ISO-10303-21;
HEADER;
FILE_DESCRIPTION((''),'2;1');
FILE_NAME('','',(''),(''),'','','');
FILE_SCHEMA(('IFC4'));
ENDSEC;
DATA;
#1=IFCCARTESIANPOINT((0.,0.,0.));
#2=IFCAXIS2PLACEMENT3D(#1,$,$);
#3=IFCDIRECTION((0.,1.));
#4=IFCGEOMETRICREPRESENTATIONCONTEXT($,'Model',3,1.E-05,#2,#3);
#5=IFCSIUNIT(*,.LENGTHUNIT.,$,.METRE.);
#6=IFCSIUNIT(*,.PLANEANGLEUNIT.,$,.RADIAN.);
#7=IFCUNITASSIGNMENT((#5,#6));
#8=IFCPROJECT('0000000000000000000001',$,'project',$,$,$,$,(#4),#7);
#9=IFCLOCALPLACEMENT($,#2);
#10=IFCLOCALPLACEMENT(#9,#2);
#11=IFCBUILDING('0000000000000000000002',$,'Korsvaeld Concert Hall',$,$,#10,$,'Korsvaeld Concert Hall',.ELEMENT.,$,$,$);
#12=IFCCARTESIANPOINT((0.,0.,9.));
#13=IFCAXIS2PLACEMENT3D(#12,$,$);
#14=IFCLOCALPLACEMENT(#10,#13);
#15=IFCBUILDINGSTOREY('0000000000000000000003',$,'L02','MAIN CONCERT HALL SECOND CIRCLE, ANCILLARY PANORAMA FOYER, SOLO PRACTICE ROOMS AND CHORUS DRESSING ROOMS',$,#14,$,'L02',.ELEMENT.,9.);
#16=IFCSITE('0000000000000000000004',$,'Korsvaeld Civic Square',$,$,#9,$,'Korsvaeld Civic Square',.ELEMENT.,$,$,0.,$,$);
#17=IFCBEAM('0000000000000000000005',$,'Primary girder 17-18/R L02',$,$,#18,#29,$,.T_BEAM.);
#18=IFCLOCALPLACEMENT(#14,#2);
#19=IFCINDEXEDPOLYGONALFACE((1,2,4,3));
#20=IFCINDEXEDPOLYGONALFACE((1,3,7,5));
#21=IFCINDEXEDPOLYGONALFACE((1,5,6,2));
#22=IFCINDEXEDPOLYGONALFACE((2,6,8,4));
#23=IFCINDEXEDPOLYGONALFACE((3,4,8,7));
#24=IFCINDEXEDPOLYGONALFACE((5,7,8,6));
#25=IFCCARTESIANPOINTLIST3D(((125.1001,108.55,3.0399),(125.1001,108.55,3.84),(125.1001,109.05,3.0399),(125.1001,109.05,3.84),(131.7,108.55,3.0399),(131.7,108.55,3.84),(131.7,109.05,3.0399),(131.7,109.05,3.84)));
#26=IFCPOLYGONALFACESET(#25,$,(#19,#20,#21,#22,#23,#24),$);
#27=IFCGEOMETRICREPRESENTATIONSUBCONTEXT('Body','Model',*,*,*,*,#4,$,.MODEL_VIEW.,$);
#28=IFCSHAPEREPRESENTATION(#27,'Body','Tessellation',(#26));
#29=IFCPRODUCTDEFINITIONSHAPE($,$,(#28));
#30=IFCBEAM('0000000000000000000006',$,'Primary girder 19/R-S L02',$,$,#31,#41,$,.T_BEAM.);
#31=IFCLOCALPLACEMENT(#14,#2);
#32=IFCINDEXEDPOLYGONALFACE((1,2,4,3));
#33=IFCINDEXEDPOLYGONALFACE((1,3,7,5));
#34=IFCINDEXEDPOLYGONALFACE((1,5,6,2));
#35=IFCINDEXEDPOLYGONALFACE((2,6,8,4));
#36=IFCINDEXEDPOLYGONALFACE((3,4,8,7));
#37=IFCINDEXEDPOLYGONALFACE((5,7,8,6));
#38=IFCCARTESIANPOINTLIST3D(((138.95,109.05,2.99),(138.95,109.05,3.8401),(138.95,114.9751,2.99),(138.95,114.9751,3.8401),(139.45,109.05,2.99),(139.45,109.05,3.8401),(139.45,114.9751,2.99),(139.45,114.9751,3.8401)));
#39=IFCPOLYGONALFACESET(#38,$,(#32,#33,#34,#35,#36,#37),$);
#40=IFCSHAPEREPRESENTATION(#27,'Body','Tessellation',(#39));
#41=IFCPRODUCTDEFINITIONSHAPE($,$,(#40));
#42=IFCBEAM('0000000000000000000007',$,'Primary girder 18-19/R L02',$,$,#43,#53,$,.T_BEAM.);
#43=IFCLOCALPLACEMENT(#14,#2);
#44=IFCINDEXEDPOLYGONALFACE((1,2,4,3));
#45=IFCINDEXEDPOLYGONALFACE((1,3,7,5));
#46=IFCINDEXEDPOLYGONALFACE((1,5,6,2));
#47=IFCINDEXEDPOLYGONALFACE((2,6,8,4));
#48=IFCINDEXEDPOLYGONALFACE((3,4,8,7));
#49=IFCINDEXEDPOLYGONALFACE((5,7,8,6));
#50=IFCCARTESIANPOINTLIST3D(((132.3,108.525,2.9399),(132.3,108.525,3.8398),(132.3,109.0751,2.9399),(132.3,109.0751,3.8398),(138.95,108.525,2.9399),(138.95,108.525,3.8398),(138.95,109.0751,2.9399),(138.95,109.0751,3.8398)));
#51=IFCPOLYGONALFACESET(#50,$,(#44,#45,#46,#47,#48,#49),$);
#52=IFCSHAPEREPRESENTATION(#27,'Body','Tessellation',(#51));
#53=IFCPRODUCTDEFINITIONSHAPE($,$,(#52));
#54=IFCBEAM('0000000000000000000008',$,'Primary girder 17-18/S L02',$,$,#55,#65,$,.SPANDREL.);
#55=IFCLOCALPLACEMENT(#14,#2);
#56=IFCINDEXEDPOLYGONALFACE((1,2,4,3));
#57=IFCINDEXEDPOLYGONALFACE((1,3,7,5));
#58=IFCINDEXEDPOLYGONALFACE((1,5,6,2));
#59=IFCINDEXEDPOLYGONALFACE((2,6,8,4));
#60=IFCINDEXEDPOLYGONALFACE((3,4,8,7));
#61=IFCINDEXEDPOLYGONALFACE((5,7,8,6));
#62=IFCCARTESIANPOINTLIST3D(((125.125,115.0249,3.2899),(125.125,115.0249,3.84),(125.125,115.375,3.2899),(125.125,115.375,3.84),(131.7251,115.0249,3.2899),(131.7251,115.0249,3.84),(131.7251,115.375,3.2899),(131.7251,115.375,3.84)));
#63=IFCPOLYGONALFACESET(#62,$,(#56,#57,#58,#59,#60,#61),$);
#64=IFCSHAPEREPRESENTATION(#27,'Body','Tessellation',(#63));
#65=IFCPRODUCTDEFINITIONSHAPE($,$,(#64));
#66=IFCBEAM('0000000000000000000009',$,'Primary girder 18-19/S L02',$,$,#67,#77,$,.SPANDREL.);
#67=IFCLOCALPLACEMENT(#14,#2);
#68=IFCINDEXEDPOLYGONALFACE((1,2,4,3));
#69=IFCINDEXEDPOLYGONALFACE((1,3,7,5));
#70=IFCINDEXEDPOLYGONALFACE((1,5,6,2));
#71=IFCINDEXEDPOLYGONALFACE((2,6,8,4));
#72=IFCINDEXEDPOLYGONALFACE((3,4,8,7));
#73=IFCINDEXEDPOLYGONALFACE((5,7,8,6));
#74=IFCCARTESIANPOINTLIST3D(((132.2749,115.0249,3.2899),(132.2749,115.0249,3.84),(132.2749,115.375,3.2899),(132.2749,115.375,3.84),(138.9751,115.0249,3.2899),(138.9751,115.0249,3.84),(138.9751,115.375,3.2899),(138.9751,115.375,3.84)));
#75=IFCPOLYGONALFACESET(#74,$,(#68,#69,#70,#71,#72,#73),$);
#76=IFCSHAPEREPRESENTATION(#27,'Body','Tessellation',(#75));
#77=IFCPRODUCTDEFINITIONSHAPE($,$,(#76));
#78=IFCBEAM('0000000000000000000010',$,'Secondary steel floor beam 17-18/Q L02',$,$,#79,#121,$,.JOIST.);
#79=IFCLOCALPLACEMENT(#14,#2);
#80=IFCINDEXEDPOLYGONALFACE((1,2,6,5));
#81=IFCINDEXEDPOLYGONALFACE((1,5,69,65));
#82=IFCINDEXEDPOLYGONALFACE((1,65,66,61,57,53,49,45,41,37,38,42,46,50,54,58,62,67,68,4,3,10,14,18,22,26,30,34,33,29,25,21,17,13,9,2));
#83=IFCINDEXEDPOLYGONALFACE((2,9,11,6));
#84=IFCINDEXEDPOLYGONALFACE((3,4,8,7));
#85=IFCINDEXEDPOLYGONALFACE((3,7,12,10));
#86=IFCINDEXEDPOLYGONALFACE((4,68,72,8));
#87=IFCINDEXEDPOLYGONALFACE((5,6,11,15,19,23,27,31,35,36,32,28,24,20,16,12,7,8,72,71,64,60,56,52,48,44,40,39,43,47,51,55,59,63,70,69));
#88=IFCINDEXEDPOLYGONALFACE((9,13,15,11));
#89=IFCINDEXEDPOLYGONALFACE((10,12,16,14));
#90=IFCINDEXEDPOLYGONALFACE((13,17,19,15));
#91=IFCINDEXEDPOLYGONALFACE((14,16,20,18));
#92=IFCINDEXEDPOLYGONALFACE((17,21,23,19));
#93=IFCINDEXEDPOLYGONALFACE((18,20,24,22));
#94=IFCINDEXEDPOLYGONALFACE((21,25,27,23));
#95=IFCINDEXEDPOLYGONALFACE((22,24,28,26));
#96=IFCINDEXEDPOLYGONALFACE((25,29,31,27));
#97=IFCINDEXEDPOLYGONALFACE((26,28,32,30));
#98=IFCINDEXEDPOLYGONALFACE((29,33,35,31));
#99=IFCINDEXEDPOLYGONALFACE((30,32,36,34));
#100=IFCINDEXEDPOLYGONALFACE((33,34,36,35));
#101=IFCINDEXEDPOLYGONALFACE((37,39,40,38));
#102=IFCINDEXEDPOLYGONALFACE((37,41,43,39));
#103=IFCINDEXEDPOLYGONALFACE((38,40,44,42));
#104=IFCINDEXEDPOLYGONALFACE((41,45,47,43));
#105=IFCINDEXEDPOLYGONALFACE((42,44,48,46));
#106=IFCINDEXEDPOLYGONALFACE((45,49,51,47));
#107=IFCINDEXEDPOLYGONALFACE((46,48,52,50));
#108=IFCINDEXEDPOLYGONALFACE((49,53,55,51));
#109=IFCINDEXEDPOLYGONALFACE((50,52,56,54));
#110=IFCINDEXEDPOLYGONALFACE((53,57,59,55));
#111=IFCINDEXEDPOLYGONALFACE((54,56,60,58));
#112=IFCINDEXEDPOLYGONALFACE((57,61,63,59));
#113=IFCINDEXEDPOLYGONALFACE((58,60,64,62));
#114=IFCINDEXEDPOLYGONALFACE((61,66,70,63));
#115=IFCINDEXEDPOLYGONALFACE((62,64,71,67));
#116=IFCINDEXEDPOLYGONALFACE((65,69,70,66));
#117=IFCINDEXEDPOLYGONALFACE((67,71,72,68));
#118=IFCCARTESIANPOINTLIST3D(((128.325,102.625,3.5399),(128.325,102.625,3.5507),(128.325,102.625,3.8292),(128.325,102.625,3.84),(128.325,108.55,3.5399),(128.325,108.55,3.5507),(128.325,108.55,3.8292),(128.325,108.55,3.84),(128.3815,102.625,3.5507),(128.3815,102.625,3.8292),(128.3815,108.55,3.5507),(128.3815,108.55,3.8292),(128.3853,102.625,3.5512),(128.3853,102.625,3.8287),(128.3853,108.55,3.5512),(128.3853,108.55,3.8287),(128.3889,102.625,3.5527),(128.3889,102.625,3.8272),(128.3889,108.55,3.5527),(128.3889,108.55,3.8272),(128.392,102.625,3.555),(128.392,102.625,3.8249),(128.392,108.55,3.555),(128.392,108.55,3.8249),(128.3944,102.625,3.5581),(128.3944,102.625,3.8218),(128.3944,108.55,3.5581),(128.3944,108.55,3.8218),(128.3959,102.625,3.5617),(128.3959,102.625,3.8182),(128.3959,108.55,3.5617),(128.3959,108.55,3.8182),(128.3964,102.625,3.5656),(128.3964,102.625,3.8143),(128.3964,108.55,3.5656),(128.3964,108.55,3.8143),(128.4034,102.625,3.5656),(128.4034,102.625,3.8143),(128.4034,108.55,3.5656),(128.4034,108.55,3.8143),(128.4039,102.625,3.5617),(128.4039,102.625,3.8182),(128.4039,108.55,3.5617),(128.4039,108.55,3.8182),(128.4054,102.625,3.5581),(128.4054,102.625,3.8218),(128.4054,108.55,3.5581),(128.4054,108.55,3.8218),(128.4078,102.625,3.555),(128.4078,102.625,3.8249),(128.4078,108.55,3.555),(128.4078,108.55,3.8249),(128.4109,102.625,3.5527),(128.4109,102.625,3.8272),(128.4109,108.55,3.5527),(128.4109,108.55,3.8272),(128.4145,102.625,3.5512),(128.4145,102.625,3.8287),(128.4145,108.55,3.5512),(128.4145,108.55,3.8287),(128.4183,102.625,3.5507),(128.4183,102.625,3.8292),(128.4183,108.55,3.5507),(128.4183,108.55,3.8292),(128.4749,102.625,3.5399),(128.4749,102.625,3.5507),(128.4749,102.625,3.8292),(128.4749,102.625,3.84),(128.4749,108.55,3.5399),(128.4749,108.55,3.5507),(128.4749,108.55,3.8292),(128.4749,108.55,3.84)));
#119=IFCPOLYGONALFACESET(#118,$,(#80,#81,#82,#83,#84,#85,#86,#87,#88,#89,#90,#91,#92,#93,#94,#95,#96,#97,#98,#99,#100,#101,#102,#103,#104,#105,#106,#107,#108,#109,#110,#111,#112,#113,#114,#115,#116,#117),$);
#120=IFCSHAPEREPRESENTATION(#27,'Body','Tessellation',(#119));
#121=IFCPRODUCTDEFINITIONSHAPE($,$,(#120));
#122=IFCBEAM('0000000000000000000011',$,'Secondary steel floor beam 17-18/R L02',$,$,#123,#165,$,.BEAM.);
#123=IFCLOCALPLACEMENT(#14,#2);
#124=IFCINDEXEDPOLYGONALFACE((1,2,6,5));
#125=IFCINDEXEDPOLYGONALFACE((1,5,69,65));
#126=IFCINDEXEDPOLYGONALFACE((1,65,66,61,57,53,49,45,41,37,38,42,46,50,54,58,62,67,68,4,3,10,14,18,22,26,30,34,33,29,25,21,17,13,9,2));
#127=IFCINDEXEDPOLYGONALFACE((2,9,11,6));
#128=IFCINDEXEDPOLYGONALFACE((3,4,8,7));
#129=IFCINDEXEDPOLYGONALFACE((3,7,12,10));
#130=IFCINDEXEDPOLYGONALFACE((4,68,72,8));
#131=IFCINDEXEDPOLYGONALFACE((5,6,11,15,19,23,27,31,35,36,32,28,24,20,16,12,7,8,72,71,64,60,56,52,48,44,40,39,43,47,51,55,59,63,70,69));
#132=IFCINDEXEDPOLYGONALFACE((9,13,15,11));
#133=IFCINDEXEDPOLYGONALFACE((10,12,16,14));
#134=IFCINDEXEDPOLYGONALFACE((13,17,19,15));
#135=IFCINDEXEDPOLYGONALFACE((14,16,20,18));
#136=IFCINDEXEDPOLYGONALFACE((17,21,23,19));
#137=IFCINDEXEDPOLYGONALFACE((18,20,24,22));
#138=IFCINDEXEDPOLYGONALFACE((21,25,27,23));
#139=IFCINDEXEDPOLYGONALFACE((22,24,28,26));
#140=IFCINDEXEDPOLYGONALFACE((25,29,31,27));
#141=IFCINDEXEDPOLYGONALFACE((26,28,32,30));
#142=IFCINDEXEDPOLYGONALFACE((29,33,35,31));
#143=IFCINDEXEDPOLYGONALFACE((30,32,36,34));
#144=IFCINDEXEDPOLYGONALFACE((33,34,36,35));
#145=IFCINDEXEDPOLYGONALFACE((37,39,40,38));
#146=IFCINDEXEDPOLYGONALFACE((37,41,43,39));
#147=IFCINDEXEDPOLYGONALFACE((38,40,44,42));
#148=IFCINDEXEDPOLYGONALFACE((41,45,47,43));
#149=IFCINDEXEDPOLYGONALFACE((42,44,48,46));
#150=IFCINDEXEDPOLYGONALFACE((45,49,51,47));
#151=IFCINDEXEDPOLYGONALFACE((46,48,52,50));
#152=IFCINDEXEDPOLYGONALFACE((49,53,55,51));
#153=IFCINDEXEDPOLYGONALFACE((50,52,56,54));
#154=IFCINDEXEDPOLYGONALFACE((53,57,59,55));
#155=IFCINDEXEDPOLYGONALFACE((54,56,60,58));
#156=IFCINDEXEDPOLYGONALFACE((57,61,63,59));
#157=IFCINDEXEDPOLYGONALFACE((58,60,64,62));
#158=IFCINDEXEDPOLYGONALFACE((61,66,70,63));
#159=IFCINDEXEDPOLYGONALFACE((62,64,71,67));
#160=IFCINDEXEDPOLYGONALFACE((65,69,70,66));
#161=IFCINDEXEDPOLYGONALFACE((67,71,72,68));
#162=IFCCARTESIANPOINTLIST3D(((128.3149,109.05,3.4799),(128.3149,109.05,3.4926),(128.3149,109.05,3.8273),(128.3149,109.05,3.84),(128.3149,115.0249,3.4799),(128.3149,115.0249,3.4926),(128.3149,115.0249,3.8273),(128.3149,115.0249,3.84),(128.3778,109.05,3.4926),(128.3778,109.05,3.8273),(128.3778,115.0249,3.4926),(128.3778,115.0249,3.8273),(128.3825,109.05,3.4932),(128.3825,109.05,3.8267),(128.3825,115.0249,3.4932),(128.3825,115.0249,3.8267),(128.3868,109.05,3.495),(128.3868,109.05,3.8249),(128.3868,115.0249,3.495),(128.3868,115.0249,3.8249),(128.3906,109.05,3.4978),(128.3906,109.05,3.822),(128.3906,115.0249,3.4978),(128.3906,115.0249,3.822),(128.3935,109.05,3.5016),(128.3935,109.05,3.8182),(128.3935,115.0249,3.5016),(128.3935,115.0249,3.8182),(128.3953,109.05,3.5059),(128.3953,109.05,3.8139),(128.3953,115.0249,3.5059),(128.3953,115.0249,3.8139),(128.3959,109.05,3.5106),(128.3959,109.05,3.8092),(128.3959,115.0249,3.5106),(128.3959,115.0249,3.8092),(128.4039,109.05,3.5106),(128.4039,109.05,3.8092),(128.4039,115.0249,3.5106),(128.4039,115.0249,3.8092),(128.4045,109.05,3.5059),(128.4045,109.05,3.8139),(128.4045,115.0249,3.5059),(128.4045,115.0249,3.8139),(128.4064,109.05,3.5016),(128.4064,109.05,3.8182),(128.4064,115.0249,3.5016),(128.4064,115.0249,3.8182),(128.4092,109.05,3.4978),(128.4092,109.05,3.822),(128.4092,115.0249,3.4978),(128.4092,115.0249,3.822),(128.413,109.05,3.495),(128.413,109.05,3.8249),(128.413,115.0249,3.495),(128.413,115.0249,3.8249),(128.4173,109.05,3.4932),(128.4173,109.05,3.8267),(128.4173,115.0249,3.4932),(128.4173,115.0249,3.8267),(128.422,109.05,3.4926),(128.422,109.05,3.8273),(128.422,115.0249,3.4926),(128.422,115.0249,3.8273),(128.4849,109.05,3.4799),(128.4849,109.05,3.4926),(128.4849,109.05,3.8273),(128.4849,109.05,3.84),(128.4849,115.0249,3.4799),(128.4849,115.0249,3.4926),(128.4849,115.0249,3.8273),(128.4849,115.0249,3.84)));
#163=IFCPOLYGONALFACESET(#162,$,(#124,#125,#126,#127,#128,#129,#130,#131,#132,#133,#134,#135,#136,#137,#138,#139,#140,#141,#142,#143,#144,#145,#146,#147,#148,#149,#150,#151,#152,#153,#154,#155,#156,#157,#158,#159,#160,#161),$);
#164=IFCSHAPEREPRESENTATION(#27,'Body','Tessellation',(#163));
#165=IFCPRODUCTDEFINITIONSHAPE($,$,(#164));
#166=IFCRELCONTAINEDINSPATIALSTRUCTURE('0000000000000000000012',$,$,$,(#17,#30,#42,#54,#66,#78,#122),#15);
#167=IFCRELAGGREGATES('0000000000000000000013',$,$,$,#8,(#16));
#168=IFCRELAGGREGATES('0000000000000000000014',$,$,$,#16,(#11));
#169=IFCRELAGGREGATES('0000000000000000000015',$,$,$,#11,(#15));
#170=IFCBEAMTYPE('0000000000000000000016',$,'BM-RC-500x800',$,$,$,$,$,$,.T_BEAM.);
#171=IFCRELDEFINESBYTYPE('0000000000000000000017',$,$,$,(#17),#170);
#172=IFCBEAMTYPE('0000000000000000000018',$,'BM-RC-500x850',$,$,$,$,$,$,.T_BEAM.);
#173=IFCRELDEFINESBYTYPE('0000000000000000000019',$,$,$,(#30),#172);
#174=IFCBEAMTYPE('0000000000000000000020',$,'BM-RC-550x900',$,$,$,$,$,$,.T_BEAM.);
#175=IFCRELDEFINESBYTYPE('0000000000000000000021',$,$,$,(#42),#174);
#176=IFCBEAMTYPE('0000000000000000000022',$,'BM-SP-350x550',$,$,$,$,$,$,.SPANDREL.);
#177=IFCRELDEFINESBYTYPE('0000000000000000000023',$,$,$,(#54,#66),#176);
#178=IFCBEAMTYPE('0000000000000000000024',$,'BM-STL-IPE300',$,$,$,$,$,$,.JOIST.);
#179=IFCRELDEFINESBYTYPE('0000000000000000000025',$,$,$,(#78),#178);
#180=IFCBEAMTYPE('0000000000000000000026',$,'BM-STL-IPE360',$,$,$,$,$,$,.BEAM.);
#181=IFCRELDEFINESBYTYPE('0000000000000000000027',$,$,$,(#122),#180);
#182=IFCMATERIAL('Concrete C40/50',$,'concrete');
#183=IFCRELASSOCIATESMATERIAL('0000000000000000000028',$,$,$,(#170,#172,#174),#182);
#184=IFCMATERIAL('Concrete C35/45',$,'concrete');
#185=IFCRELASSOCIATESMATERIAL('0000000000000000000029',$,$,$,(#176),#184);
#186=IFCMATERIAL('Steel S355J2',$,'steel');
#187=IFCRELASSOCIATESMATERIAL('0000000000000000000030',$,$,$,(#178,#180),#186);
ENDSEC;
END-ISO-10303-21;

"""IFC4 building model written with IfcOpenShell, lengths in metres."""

from ifc_helpers import new_model, si_unit, direction, frame, origin, origin_2d, place, context, subcontext, project, spatial, rectangle, i_section, extrude, material, material_profile, profile_set, type_object, element, save


model = new_model("IFC4")

# Units and contexts
model_context = context("Model", 3, precision=1e-05, world=origin(), true_north=direction((0.0, 1.0)))
body_context = subcontext(model_context, "Body", "Model", "MODEL_VIEW")
ifc_project = project(units=[si_unit("LENGTHUNIT", "METRE"), si_unit("PLANEANGLEUNIT", "RADIAN")], contexts=[model_context])

# Site, building, storey
site_placement = place(None, origin())
site = spatial("IfcSite", under=ifc_project, at=site_placement, Name="Korsvaeld Civic Square", LongName="Korsvaeld Civic Square", CompositionType="ELEMENT", RefElevation=0.0)
building_placement = place(site_placement, origin())
building = spatial("IfcBuilding", under=site, at=building_placement, Name="Korsvaeld Concert Hall", LongName="Korsvaeld Concert Hall", CompositionType="ELEMENT")
storey_placement = place(building_placement, frame((0.0, 0.0, 9.0)))
storey = spatial("IfcBuildingStorey", under=building, at=storey_placement, Name="L02", Description="MAIN CONCERT HALL SECOND CIRCLE, ANCILLARY PANORAMA FOYER, SOLO PRACTICE ROOMS AND CHORUS DRESSING ROOMS", LongName="L02", CompositionType="ELEMENT", Elevation=9.0)

# Shared definitions
ifc_material_1 = material(Name="Concrete C40/50", Category="concrete")

# Beams
ifc_material_2 = material(Name="Concrete C35/45", Category="concrete")
ifc_material_profile_1 = material_profile(ifc_material_1, rectangle(XDim=0.5, YDim=0.8, at=origin_2d()), Name="RC 500x800")
ifc_profile_set_1 = profile_set([ifc_material_profile_1], Name="Concrete C40/50")
beam_type_1 = type_object("IfcBeamType", Name="BM-RC-500x800", PredefinedType="T_BEAM", material=ifc_profile_set_1)
beam_1_placement = place(storey_placement, frame((125.1001, 108.8, 3.4399), z_axis=(1.0, 0.0, 0.0), x_axis=(0.0, 1.0, 0.0)))
element("IfcBeam", 1, at=beam_1_placement, inside=storey, type_object=beam_type_1, Name="Primary girder 17-18/R L02", PredefinedType="T_BEAM", context=body_context, shape_type="SweptSolid", body=[
    extrude(rectangle(XDim=0.5, YDim=0.8, at=origin_2d()), origin(), (0.0, 0.0, 1.0), 6.5999),
])
ifc_material_profile_2 = material_profile(ifc_material_1, rectangle(XDim=0.5, YDim=0.8501, at=origin_2d()), Name="RC 500x850")
ifc_profile_set_2 = profile_set([ifc_material_profile_2], Name="Concrete C40/50")
beam_type_2 = type_object("IfcBeamType", Name="BM-RC-500x850", PredefinedType="T_BEAM", material=ifc_profile_set_2)
beam_2_placement = place(storey_placement, frame((139.2, 109.05, 3.415), z_axis=(0.0, 1.0, 0.0), x_axis=(-1.0, 0.0, 0.0)))
element("IfcBeam", 2, at=beam_2_placement, inside=storey, type_object=beam_type_2, Name="Primary girder 19/R-S L02", PredefinedType="T_BEAM", context=body_context, shape_type="SweptSolid", body=[
    extrude(rectangle(XDim=0.5, YDim=0.8501, at=origin_2d()), origin(), (0.0, 0.0, 1.0), 5.925),
])
ifc_material_profile_3 = material_profile(ifc_material_1, rectangle(XDim=0.55, YDim=0.8999, at=origin_2d()), Name="RC 550x900")
ifc_profile_set_3 = profile_set([ifc_material_profile_3], Name="Concrete C40/50")
beam_type_3 = type_object("IfcBeamType", Name="BM-RC-550x900", PredefinedType="T_BEAM", material=ifc_profile_set_3)
beam_3_placement = place(storey_placement, frame((132.3, 108.8, 3.3899), z_axis=(1.0, 0.0, 0.0), x_axis=(0.0, 1.0, 0.0)))
element("IfcBeam", 3, at=beam_3_placement, inside=storey, type_object=beam_type_3, Name="Primary girder 18-19/R L02", PredefinedType="T_BEAM", context=body_context, shape_type="SweptSolid", body=[
    extrude(rectangle(XDim=0.55, YDim=0.8999, at=origin_2d()), origin(), (0.0, 0.0, 1.0), 6.6499),
])
ifc_material_profile_4 = material_profile(ifc_material_2, rectangle(XDim=0.3501, YDim=0.55, at=origin_2d()), Name="RC 350x550")
ifc_profile_set_4 = profile_set([ifc_material_profile_4], Name="Concrete C35/45")
beam_type_4 = type_object("IfcBeamType", Name="BM-SP-350x550", PredefinedType="SPANDREL", material=ifc_profile_set_4)
beam_4_placement = place(storey_placement, frame((125.125, 115.2, 3.5649), z_axis=(1.0, 0.0, 0.0), x_axis=(0.0, 1.0, 0.0)))
element("IfcBeam", 4, at=beam_4_placement, inside=storey, type_object=beam_type_4, Name="Primary girder 17-18/S L02", PredefinedType="SPANDREL", context=body_context, shape_type="SweptSolid", body=[
    extrude(rectangle(XDim=0.3501, YDim=0.55, at=origin_2d()), origin(), (0.0, 0.0, 1.0), 6.6001),
])
beam_5_placement = place(storey_placement, frame((132.2749, 115.2, 3.5649), z_axis=(1.0, 0.0, 0.0), x_axis=(0.0, 1.0, 0.0)))
element("IfcBeam", 5, at=beam_5_placement, inside=storey, type_object=beam_type_4, Name="Primary girder 18-19/S L02", PredefinedType="SPANDREL", context=body_context, shape_type="SweptSolid", body=[
    extrude(rectangle(XDim=0.3501, YDim=0.55, at=origin_2d()), origin(), (0.0, 0.0, 1.0), 6.7002),
])
ifc_material_3 = material(Name="Steel S355J2", Category="steel")
ifc_material_profile_5 = material_profile(ifc_material_3, i_section(OverallWidth=0.1499, OverallDepth=0.3, WebThickness=0.0071, FlangeThickness=0.0107, FilletRadius=0.0149, at=origin_2d()), Name="IPE 300")
ifc_profile_set_5 = profile_set([ifc_material_profile_5], Name="Steel S355J2")
beam_type_5 = type_object("IfcBeamType", Name="BM-STL-IPE300", PredefinedType="JOIST", material=ifc_profile_set_5)
beam_6_placement = place(storey_placement, frame((128.3999, 102.625, 3.6899), z_axis=(0.0, 1.0, 0.0), x_axis=(-1.0, 0.0, 0.0)))
element("IfcBeam", 6, at=beam_6_placement, inside=storey, type_object=beam_type_5, Name="Secondary steel floor beam 17-18/Q L02", PredefinedType="JOIST", context=body_context, shape_type="SweptSolid", body=[
    extrude(i_section(OverallWidth=0.1499, OverallDepth=0.3, WebThickness=0.0071, FlangeThickness=0.0107, FilletRadius=0.0149, at=origin_2d()), origin(), (0.0, 0.0, 1.0), 5.925),
])
ifc_material_profile_6 = material_profile(ifc_material_3, i_section(OverallWidth=0.1699, OverallDepth=0.3601, WebThickness=0.0081, FlangeThickness=0.0127, FilletRadius=0.0181, at=origin_2d()), Name="IPE 360")
ifc_profile_set_6 = profile_set([ifc_material_profile_6], Name="Steel S355J2")
beam_type_6 = type_object("IfcBeamType", Name="BM-STL-IPE360", PredefinedType="BEAM", material=ifc_profile_set_6)
beam_7_placement = place(storey_placement, frame((128.3999, 109.05, 3.6599), z_axis=(0.0, 1.0, 0.0), x_axis=(-1.0, 0.0, 0.0)))
element("IfcBeam", 7, at=beam_7_placement, inside=storey, type_object=beam_type_6, Name="Secondary steel floor beam 17-18/R L02", PredefinedType="BEAM", context=body_context, shape_type="SweptSolid", body=[
    extrude(i_section(OverallWidth=0.1699, OverallDepth=0.3601, WebThickness=0.0081, FlangeThickness=0.0127, FilletRadius=0.0181, at=origin_2d()), origin(), (0.0, 0.0, 1.0), 5.9749),
])

save(model, "model.ifc")
